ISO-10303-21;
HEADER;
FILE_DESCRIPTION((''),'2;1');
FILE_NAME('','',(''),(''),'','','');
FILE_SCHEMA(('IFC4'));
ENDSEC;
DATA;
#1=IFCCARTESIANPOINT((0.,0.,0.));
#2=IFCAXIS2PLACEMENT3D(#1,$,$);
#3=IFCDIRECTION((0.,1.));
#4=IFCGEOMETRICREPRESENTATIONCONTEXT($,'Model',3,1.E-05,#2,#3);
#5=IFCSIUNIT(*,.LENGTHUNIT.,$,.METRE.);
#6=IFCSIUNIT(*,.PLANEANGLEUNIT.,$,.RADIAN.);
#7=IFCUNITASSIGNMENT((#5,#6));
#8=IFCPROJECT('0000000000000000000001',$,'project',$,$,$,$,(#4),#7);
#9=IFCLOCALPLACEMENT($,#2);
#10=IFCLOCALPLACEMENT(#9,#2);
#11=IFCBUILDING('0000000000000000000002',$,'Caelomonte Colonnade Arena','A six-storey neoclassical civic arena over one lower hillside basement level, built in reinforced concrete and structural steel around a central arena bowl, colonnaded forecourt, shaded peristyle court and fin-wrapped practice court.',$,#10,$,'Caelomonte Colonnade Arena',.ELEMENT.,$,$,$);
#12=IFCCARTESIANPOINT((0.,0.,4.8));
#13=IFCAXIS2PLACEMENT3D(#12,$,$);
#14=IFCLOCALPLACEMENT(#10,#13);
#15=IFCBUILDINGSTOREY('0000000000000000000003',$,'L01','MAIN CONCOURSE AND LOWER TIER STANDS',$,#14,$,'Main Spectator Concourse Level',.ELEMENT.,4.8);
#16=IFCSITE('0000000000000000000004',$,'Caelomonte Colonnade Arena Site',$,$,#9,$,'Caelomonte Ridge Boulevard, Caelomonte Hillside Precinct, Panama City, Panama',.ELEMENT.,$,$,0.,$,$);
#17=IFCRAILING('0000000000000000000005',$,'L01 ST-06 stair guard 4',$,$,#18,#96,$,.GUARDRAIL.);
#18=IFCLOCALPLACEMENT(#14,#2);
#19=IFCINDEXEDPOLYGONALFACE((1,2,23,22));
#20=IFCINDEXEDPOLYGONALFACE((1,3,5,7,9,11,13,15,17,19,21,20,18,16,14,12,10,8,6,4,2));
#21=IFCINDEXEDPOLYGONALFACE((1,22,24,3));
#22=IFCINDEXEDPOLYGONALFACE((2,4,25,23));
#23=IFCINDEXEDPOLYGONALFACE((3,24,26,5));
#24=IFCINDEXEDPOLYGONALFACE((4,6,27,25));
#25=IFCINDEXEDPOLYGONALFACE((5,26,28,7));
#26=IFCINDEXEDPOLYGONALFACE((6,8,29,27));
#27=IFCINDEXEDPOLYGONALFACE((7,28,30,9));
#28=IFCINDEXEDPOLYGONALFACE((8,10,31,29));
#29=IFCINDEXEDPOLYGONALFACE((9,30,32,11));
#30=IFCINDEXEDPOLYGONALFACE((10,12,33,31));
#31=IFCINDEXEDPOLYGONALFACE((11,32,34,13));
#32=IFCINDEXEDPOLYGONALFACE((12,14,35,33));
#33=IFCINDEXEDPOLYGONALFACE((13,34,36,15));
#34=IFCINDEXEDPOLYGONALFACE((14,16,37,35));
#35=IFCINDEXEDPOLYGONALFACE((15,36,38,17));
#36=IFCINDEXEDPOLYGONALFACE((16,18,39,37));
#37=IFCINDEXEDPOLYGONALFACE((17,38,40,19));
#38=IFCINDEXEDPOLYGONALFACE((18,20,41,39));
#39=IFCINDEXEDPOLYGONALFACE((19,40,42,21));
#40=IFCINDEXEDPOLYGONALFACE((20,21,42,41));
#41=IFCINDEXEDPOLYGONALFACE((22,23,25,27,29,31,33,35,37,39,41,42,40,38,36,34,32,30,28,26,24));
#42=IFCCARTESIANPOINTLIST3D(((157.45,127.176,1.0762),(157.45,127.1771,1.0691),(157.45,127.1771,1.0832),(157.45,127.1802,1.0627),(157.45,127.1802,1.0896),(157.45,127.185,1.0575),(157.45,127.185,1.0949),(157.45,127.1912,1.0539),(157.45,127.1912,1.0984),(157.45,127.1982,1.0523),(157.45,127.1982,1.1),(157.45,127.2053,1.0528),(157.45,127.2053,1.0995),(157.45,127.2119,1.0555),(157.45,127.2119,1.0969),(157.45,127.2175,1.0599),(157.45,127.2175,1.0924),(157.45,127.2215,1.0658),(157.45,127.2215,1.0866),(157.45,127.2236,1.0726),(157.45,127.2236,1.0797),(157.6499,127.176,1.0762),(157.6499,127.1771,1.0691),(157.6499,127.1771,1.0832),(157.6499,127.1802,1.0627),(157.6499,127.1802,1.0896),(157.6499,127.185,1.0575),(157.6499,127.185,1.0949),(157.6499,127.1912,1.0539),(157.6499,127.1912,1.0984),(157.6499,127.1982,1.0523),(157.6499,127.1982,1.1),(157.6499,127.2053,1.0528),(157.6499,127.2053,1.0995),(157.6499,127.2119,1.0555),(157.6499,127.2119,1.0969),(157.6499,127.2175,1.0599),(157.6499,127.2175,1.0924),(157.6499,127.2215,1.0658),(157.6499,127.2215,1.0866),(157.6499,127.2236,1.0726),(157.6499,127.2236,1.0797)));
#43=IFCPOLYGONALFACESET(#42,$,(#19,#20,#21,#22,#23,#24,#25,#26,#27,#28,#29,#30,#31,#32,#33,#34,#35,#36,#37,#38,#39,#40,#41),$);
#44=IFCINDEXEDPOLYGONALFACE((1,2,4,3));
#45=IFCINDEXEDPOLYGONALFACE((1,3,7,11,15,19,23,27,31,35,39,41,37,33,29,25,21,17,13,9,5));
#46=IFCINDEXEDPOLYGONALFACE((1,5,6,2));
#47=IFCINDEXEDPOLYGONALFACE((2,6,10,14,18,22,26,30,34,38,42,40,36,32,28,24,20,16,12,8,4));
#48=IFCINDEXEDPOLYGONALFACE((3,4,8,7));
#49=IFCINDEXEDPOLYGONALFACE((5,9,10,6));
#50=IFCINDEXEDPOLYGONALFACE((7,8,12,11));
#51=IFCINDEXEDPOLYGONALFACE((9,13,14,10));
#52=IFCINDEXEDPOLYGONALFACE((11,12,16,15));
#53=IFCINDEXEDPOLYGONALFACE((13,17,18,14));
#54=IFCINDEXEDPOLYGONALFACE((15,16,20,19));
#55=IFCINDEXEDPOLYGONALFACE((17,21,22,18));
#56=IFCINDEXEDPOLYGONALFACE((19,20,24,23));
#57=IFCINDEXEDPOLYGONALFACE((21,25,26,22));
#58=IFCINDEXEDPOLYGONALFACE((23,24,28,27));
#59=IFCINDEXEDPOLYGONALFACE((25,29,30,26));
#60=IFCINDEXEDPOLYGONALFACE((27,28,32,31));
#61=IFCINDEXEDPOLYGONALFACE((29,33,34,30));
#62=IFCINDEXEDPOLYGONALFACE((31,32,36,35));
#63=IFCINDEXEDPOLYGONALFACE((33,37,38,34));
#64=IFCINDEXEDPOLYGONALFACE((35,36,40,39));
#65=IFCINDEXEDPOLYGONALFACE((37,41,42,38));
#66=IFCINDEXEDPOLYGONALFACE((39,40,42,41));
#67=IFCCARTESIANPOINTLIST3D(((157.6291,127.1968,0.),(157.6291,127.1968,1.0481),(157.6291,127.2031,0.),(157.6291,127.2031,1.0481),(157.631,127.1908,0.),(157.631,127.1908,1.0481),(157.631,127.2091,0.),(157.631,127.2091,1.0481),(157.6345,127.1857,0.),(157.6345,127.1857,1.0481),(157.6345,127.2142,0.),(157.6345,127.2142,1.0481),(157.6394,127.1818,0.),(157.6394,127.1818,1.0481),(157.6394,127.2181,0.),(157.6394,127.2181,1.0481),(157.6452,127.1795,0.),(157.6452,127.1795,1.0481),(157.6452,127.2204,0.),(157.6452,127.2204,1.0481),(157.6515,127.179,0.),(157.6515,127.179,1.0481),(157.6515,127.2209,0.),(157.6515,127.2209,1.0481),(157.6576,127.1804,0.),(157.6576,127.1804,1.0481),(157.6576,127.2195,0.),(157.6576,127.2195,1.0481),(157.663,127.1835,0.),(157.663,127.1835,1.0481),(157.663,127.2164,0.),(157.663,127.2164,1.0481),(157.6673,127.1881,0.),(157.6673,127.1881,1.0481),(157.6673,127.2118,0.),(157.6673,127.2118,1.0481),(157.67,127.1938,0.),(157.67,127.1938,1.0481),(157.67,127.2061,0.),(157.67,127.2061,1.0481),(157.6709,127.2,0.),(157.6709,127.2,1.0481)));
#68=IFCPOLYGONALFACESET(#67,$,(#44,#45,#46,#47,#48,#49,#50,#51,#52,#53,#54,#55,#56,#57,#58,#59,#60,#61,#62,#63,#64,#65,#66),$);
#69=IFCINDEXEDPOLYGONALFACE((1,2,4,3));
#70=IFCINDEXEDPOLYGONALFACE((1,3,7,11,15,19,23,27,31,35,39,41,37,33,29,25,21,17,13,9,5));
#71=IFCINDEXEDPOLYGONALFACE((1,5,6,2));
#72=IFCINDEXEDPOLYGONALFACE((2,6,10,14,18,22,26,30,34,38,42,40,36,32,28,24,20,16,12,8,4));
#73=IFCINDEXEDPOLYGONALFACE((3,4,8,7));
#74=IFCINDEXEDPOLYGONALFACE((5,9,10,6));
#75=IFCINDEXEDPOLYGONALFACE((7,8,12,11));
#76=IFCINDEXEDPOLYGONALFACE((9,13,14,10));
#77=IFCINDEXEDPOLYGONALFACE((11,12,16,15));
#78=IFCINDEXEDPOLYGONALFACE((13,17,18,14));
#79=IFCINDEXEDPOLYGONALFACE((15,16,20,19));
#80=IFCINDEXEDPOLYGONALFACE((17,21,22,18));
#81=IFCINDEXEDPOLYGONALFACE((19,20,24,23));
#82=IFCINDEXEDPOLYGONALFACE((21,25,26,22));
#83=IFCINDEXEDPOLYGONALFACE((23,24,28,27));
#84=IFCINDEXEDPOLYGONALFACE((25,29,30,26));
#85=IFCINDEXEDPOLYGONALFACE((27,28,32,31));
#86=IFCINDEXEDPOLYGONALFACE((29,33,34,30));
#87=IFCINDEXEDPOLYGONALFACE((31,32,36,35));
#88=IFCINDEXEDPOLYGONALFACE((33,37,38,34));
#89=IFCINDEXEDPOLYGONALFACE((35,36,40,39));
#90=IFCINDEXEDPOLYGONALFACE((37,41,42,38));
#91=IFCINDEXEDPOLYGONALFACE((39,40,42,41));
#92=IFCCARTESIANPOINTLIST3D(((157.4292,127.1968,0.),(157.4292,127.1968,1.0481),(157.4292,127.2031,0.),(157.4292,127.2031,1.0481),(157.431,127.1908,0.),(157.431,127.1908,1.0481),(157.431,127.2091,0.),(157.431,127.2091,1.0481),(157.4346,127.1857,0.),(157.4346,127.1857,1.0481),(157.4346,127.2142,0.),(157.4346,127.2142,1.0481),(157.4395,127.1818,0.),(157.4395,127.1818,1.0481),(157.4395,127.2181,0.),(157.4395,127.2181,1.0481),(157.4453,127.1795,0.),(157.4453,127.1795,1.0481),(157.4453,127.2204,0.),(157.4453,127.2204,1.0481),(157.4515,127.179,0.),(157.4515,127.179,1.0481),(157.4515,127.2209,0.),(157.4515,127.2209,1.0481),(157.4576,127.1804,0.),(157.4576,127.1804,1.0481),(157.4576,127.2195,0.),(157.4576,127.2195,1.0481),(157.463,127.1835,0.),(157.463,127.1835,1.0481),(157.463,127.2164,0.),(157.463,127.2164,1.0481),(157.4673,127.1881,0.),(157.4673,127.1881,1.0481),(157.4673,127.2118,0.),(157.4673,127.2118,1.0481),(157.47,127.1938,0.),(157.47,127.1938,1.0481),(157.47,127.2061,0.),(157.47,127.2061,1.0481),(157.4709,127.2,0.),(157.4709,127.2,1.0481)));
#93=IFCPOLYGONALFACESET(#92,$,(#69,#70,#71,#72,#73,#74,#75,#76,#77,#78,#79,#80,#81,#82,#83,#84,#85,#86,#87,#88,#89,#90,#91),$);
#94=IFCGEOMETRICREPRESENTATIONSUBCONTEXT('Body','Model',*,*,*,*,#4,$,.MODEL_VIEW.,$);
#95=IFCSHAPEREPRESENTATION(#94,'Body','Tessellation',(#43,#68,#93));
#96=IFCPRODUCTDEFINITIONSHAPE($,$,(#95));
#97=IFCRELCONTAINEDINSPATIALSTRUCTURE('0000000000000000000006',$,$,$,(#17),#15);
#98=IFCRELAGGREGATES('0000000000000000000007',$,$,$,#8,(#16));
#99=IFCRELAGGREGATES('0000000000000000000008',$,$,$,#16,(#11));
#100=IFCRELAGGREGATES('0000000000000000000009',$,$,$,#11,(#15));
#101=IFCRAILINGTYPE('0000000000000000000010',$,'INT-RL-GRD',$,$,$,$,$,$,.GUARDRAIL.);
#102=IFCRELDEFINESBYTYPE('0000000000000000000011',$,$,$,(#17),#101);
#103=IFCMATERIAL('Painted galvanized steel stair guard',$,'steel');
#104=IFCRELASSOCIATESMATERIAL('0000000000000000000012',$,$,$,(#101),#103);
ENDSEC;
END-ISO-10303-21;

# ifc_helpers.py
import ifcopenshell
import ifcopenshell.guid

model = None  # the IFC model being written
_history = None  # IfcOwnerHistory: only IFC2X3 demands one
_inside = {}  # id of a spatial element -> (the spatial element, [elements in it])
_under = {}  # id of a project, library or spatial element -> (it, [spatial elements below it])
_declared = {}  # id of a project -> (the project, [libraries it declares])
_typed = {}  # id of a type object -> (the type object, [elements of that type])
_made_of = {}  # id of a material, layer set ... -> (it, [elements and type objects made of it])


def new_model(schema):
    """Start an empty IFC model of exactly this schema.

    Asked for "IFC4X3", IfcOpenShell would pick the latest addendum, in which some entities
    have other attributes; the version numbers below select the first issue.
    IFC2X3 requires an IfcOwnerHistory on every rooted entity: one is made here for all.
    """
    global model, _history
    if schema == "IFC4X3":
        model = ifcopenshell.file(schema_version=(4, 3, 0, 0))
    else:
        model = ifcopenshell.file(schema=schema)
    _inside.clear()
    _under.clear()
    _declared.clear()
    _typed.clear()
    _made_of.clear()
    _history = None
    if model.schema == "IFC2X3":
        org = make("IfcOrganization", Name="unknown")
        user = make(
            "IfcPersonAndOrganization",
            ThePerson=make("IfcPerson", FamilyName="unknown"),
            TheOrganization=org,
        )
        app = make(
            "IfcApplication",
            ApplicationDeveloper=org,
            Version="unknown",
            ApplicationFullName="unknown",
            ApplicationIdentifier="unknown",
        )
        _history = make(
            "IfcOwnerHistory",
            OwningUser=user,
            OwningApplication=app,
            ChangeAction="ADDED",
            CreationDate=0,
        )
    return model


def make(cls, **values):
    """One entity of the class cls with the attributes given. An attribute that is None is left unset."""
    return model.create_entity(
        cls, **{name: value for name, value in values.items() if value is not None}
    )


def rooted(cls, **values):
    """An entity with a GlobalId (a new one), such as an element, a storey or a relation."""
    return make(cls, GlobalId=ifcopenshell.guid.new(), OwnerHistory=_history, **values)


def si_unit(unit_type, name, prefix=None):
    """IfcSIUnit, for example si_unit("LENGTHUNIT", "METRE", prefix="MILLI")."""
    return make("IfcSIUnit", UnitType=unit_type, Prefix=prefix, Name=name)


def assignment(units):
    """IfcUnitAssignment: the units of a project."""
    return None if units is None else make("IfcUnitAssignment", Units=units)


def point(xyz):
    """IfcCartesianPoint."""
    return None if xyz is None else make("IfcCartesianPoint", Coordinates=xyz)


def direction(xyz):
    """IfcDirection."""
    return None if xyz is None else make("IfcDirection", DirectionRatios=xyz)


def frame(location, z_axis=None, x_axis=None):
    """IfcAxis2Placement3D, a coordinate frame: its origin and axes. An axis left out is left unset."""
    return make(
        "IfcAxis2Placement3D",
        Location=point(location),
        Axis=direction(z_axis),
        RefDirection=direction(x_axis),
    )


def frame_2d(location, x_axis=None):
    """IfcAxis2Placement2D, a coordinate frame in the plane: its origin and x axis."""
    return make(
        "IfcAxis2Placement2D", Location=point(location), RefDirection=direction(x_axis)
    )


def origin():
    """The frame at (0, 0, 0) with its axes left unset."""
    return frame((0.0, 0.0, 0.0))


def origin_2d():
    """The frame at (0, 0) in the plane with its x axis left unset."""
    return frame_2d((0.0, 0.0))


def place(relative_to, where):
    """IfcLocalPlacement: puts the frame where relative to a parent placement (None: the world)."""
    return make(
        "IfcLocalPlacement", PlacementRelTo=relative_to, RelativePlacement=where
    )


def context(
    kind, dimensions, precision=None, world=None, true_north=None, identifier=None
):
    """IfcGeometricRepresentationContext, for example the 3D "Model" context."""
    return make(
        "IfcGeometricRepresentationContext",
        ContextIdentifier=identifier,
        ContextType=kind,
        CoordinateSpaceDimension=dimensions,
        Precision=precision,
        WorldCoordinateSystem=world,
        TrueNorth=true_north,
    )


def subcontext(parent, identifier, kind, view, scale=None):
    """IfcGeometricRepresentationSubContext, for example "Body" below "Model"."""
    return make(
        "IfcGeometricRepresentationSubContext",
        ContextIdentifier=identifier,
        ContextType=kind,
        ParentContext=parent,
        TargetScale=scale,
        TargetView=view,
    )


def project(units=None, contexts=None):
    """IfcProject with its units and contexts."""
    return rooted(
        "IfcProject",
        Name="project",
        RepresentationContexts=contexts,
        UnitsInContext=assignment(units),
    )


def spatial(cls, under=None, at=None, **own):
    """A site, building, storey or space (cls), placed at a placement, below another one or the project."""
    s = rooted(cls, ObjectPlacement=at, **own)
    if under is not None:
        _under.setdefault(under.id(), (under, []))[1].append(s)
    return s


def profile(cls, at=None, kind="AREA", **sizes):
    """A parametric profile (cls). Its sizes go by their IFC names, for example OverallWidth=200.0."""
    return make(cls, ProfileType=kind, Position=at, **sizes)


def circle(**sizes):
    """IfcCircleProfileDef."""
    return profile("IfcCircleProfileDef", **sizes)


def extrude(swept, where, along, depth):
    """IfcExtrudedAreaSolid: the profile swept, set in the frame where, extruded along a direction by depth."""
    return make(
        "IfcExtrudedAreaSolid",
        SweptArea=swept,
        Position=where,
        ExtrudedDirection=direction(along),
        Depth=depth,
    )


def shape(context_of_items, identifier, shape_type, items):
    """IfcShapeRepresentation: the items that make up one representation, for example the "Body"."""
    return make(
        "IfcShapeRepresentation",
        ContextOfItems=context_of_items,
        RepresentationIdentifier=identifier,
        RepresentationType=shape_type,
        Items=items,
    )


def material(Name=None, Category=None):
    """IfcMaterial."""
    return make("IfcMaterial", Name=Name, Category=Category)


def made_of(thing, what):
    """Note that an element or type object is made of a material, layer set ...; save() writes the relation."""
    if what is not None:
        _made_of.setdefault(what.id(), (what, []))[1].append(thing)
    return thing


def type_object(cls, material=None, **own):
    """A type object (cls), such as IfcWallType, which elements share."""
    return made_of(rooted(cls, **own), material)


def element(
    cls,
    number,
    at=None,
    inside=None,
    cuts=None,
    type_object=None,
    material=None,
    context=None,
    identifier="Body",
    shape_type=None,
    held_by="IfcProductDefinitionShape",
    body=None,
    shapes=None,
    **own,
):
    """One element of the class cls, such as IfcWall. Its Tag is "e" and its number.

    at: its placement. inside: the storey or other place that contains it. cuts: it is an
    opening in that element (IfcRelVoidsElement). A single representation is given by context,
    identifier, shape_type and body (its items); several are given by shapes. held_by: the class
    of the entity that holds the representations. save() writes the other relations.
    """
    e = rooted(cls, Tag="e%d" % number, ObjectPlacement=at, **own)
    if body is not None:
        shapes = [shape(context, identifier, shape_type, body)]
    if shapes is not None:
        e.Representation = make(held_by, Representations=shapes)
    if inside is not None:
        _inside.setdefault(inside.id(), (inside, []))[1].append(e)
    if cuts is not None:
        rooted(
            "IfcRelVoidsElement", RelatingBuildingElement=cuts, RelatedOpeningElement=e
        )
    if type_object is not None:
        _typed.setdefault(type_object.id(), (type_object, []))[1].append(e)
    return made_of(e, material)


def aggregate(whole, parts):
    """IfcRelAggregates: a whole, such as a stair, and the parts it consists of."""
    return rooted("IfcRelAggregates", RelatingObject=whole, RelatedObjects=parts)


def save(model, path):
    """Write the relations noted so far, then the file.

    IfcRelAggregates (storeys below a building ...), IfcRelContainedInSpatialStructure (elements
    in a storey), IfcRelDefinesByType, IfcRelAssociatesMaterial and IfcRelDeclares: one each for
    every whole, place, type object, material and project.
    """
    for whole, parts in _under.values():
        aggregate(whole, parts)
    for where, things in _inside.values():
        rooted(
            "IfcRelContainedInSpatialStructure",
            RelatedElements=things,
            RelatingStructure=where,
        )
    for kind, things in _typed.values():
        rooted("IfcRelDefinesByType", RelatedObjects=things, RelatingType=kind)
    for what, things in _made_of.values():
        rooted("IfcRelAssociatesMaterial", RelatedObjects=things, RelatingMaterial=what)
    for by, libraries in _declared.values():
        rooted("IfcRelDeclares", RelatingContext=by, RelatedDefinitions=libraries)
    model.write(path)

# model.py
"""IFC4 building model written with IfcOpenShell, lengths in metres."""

from ifc_helpers import new_model, si_unit, direction, frame, origin, origin_2d, place, context, subcontext, project, spatial, circle, extrude, material, type_object, element, save


model = new_model("IFC4")

# Units and contexts
model_context = context("Model", 3, precision=1e-05, world=origin(), true_north=direction((0.0, 1.0)))
body_context = subcontext(model_context, "Body", "Model", "MODEL_VIEW")
ifc_project = project(units=[si_unit("LENGTHUNIT", "METRE"), si_unit("PLANEANGLEUNIT", "RADIAN")], contexts=[model_context])

# Site, building, storey
site_placement = place(None, origin())
site = spatial("IfcSite", under=ifc_project, at=site_placement, Name="Caelomonte Colonnade Arena Site", LongName="Caelomonte Ridge Boulevard, Caelomonte Hillside Precinct, Panama City, Panama", CompositionType="ELEMENT", RefElevation=0.0)
building_placement = place(site_placement, origin())
building = spatial("IfcBuilding", under=site, at=building_placement, Name="Caelomonte Colonnade Arena", Description="A six-storey neoclassical civic arena over one lower hillside basement level, built in reinforced concrete and structural steel around a central arena bowl, colonnaded forecourt, shaded peristyle court and fin-wrapped practice court.", LongName="Caelomonte Colonnade Arena", CompositionType="ELEMENT")
storey_placement = place(building_placement, frame((0.0, 0.0, 4.8)))
storey = spatial("IfcBuildingStorey", under=building, at=storey_placement, Name="L01", Description="MAIN CONCOURSE AND LOWER TIER STANDS", LongName="Main Spectator Concourse Level", CompositionType="ELEMENT", Elevation=4.8)

# Railing
ifc_material_1 = material(Name="Painted galvanized steel stair guard", Category="steel")
railing_type_1 = type_object("IfcRailingType", Name="INT-RL-GRD", PredefinedType="GUARDRAIL", material=ifc_material_1)
railing_1_placement = place(storey_placement, frame((157.6499, 127.2, 0.0)))
element("IfcRailing", 1, at=railing_1_placement, inside=storey, type_object=railing_type_1, Name="L01 ST-06 stair guard 4", PredefinedType="GUARDRAIL", context=body_context, shape_type="SweptSolid", body=[
    extrude(circle(Radius=0.0239, at=origin_2d()), frame((0.0, 0.0, 1.0762), z_axis=(-1.0, 0.0, 0.0), x_axis=(0.0, -1.0, 0.0)), (0.0, 0.0, 1.0), 0.2),
    extrude(circle(Radius=0.021, at=origin_2d()), origin(), (0.0, 0.0, 1.0), 1.0481),
    extrude(circle(Radius=0.021, at=origin_2d()), frame((-0.2, 0.0, 0.0)), (0.0, 0.0, 1.0), 1.0481),
])

save(model, "model.ifc")
